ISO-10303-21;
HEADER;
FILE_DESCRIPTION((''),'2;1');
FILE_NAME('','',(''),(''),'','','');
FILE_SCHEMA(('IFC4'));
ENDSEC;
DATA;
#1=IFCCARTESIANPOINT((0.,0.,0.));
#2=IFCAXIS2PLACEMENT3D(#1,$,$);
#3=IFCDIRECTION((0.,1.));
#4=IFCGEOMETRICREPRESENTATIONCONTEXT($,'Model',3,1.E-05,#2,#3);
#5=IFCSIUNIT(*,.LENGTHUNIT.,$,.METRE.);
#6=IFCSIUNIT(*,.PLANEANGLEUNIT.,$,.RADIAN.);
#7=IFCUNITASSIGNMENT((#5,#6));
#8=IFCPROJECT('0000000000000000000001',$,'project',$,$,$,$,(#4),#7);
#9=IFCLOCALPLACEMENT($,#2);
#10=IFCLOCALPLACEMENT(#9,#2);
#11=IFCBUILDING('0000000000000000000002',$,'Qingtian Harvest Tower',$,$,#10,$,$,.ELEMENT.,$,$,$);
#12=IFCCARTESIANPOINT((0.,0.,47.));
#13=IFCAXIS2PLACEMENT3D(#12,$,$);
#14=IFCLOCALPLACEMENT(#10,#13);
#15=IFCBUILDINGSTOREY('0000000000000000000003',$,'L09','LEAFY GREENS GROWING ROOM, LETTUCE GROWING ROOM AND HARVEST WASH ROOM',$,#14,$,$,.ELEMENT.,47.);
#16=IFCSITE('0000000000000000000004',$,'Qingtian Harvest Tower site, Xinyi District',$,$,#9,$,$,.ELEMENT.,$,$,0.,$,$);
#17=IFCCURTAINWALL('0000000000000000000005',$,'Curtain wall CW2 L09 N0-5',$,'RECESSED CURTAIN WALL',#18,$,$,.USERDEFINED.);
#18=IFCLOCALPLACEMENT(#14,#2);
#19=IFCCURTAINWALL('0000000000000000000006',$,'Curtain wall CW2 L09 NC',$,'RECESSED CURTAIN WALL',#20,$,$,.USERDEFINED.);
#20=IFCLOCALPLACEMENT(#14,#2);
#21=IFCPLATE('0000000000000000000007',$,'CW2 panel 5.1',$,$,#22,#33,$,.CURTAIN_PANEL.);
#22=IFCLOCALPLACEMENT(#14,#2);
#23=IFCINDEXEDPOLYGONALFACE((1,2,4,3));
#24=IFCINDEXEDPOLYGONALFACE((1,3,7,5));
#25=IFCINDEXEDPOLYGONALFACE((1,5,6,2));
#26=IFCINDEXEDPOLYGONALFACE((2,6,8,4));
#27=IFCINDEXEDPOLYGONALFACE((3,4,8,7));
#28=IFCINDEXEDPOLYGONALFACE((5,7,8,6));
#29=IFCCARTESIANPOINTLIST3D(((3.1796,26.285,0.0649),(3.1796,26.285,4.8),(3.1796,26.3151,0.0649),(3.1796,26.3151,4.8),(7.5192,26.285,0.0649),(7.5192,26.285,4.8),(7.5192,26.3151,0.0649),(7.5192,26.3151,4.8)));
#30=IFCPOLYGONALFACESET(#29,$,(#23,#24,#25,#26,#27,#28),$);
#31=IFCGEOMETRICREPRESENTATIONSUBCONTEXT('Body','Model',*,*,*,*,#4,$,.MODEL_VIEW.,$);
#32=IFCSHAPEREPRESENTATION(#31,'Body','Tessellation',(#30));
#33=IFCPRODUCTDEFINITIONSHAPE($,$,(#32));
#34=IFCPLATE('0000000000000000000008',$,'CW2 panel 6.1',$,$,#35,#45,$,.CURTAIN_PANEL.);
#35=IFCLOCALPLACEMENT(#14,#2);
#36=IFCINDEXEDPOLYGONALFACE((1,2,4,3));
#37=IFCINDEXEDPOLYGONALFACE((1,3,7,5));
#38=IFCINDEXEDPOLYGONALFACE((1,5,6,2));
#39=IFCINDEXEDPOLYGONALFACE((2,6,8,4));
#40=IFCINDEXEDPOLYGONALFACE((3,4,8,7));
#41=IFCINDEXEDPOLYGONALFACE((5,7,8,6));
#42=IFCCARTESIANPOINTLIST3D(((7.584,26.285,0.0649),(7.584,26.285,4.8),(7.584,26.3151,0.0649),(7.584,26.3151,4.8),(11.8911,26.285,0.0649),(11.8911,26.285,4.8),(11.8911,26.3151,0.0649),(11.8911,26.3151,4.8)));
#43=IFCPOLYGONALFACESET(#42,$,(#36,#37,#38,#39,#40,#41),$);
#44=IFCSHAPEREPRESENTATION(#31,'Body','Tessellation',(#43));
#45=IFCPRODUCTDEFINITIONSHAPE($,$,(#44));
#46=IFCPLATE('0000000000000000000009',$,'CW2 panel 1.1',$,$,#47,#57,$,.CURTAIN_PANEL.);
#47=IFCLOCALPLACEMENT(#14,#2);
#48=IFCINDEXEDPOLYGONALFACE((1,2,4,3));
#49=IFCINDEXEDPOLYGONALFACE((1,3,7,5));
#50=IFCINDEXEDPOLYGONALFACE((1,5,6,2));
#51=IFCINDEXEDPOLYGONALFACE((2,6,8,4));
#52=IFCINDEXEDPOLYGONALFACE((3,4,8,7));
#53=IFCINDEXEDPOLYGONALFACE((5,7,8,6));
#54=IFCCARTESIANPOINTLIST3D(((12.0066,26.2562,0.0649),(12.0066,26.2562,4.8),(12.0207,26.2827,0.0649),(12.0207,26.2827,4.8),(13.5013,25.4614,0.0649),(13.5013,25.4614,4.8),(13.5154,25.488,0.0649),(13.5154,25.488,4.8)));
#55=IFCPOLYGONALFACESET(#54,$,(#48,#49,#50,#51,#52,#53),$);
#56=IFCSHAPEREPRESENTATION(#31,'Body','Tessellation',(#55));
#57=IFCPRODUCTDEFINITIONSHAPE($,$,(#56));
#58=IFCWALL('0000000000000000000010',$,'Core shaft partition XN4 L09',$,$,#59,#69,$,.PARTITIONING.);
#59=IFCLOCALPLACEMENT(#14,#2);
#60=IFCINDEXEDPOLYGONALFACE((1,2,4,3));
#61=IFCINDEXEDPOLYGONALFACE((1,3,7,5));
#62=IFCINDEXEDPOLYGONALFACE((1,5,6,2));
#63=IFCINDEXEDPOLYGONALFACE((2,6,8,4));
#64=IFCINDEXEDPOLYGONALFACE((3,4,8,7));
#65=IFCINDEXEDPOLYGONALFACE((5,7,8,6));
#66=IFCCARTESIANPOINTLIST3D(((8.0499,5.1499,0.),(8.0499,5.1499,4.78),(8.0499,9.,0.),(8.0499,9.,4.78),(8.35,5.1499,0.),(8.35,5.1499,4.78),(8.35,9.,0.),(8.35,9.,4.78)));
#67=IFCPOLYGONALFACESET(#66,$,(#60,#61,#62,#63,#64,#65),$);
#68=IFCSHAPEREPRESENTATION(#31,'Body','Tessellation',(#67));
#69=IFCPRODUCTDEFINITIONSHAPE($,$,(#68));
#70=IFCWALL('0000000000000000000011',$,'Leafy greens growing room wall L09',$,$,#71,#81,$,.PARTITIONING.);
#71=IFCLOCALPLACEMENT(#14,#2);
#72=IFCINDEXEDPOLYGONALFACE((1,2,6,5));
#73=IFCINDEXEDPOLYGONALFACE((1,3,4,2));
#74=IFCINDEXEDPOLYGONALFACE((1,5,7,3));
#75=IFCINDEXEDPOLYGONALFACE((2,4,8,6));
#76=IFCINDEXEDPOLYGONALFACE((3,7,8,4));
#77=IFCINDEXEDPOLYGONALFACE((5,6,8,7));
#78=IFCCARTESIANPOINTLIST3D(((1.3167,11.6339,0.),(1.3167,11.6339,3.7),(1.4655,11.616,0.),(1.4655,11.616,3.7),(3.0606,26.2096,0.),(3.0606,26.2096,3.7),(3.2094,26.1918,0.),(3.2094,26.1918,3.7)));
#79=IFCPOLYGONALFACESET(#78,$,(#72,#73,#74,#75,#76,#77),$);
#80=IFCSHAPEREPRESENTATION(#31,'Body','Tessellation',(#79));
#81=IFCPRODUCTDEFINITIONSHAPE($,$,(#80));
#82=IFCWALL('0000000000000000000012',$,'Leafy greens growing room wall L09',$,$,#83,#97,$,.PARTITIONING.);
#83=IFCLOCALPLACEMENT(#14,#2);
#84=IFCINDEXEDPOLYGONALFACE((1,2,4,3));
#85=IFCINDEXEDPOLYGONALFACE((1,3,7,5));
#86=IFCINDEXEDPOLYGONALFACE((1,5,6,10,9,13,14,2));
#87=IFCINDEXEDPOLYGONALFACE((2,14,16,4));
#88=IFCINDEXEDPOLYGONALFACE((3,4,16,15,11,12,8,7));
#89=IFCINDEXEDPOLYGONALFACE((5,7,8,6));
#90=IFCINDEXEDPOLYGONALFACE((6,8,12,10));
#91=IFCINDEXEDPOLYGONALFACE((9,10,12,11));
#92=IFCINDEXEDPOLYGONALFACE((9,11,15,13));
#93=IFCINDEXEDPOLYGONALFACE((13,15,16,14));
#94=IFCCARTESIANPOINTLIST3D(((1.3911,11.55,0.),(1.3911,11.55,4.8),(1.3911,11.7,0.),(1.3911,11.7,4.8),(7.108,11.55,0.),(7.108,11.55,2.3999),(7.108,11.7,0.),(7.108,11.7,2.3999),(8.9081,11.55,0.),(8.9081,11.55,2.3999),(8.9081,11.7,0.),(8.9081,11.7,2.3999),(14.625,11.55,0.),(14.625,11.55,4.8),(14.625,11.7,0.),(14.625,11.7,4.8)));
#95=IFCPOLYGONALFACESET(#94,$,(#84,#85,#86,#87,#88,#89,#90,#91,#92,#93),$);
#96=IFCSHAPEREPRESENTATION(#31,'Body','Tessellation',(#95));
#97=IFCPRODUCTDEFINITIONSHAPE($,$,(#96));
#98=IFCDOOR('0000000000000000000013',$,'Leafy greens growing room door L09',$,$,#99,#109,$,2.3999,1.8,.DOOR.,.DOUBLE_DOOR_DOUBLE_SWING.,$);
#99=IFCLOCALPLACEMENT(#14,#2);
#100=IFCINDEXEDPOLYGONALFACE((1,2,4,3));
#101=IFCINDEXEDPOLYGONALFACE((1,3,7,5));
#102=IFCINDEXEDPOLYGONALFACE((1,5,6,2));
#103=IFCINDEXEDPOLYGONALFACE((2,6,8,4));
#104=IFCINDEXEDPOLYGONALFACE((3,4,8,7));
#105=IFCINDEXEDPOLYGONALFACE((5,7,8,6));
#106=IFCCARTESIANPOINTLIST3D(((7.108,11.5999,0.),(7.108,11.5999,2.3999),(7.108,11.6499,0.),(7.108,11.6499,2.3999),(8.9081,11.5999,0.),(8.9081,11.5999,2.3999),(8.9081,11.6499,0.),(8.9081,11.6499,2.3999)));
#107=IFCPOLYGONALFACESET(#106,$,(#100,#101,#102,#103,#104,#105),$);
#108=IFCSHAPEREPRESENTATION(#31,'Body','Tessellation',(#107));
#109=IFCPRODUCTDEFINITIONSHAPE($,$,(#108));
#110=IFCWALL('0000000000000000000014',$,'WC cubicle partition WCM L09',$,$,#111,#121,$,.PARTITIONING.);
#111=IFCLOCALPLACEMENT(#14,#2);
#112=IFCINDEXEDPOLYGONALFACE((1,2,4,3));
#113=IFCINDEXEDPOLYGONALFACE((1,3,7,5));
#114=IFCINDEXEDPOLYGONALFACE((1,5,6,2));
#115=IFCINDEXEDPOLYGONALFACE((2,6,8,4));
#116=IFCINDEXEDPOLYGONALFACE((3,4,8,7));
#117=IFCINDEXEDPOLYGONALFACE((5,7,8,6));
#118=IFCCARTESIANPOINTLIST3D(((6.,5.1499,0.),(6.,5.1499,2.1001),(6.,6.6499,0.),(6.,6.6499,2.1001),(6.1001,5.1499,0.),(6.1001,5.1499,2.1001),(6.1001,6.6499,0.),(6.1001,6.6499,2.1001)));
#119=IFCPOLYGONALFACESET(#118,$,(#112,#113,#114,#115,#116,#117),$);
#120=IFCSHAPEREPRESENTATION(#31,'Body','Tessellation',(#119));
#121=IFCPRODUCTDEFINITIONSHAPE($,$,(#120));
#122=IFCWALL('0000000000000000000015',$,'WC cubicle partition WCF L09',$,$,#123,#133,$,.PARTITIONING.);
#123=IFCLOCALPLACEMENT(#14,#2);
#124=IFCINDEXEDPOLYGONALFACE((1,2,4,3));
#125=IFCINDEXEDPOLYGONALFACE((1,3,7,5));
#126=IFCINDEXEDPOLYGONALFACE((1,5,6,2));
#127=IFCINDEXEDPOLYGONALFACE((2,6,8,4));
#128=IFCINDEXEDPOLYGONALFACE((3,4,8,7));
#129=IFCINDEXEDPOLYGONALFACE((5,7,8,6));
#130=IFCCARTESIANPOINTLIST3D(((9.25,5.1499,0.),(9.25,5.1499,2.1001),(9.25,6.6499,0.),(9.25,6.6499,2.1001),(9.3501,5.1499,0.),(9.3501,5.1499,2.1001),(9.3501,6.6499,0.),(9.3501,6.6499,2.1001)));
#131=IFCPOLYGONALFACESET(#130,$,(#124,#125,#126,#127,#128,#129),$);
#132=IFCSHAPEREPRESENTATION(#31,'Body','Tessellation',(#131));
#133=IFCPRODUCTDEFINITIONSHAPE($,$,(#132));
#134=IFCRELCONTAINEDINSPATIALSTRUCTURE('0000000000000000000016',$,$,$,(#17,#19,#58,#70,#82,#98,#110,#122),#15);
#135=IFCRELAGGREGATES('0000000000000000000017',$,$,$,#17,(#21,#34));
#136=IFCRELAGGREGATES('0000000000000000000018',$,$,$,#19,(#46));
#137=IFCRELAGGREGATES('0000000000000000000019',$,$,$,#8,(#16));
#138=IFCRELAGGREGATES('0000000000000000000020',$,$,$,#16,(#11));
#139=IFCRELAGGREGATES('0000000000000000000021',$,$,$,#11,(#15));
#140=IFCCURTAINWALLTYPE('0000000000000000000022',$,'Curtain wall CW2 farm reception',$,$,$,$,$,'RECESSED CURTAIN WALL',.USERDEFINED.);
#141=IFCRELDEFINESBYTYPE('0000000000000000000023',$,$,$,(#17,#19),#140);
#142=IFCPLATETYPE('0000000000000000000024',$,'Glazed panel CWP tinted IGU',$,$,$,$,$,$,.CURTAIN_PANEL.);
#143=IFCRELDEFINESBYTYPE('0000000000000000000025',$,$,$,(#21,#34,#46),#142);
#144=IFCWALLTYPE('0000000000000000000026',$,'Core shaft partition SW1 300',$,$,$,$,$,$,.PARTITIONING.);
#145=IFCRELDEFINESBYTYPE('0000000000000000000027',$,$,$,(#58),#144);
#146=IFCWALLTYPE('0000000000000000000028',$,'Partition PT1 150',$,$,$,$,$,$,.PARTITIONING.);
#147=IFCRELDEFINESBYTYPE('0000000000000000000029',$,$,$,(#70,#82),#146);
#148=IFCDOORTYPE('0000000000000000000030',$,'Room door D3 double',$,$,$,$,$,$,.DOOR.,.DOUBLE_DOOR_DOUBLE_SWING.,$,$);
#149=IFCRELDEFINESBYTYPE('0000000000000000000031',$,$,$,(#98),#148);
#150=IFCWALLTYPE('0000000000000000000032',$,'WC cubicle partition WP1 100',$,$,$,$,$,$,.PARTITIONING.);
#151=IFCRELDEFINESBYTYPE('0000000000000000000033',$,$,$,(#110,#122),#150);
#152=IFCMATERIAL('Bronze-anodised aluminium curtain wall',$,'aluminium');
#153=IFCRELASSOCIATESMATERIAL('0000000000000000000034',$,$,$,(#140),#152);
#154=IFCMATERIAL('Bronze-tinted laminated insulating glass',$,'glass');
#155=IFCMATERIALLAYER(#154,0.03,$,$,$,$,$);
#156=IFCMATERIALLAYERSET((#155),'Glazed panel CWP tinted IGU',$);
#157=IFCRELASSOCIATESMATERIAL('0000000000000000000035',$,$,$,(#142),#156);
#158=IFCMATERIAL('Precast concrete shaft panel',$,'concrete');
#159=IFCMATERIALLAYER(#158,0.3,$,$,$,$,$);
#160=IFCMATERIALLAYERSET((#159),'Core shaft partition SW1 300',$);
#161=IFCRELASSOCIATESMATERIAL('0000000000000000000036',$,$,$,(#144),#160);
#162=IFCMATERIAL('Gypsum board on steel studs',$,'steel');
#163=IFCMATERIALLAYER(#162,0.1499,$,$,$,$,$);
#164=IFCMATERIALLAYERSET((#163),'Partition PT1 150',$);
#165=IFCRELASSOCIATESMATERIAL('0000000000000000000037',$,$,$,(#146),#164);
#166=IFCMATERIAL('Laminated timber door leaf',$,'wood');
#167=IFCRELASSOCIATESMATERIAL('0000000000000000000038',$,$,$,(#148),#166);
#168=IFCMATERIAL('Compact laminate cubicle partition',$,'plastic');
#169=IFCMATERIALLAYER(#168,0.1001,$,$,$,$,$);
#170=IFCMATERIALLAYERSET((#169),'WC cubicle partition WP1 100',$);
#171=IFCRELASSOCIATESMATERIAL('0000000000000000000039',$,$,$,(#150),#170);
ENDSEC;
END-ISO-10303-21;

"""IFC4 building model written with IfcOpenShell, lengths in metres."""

from ifc_helpers import new_model, si_unit, direction, frame, frame_2d, origin, origin_2d, place, context, subcontext, project, spatial, rectangle, extrude, material, layer, layer_set, type_object, element, fill, aggregate, save


model = new_model("IFC4")

# Units and contexts
model_context = context("Model", 3, precision=1e-05, world=origin(), true_north=direction((0.0, 1.0)))
body_context = subcontext(model_context, "Body", "Model", "MODEL_VIEW")
ifc_project = project(units=[si_unit("LENGTHUNIT", "METRE"), si_unit("PLANEANGLEUNIT", "RADIAN")], contexts=[model_context])

# Site, building, storey
site_placement = place(None, origin())
site = spatial("IfcSite", under=ifc_project, at=site_placement, Name="Qingtian Harvest Tower site, Xinyi District", CompositionType="ELEMENT", RefElevation=0.0)
building_placement = place(site_placement, origin())
building = spatial("IfcBuilding", under=site, at=building_placement, Name="Qingtian Harvest Tower", CompositionType="ELEMENT")
storey_placement = place(building_placement, frame((0.0, 0.0, 47.0)))
storey = spatial("IfcBuildingStorey", under=building, at=storey_placement, Name="L09", Description="LEAFY GREENS GROWING ROOM, LETTUCE GROWING ROOM AND HARVEST WASH ROOM", CompositionType="ELEMENT", Elevation=47.0)

# Curtain walls
ifc_material_1 = material(Name="Bronze-anodised aluminium curtain wall", Category="aluminium")
curtain_wall_type = type_object("IfcCurtainWallType", Name="Curtain wall CW2 farm reception", ElementType="RECESSED CURTAIN WALL", PredefinedType="USERDEFINED", material=ifc_material_1)
curtain_wall_1_placement = place(storey_placement, origin())
curtain_wall_1 = element("IfcCurtainWall", 1, at=curtain_wall_1_placement, inside=storey, type_object=curtain_wall_type, Name="Curtain wall CW2 L09 N0-5", ObjectType="RECESSED CURTAIN WALL", PredefinedType="USERDEFINED")
curtain_wall_2_placement = place(storey_placement, origin())
curtain_wall_2 = element("IfcCurtainWall", 2, at=curtain_wall_2_placement, inside=storey, type_object=curtain_wall_type, Name="Curtain wall CW2 L09 NC", ObjectType="RECESSED CURTAIN WALL", PredefinedType="USERDEFINED")

# Plates
ifc_material_2 = material(Name="Bronze-tinted laminated insulating glass", Category="glass")
ifc_layer_1 = layer(ifc_material_2, 0.03)
ifc_layer_set_1 = layer_set([ifc_layer_1], Name="Glazed panel CWP tinted IGU")
plate_type = type_object("IfcPlateType", Name="Glazed panel CWP tinted IGU", PredefinedType="CURTAIN_PANEL", material=ifc_layer_set_1)
plate_1_placement = place(storey_placement, frame((5.3494, 26.3, 0.0649), z_axis=(0.0, 0.0, 1.0), x_axis=(1.0, 0.0, 0.0)))
plate_1 = element("IfcPlate", 3, at=plate_1_placement, type_object=plate_type, Name="CW2 panel 5.1", PredefinedType="CURTAIN_PANEL", context=body_context, shape_type="SweptSolid", body=[
    extrude(rectangle(XDim=4.3396, YDim=0.03, at=origin_2d()), origin(), (0.0, 0.0, 1.0), 4.7351),
])
plate_2_placement = place(storey_placement, frame((9.7375, 26.3, 0.0649), z_axis=(0.0, 0.0, 1.0), x_axis=(1.0, 0.0, 0.0)))
plate_2 = element("IfcPlate", 4, at=plate_2_placement, type_object=plate_type, Name="CW2 panel 6.1", PredefinedType="CURTAIN_PANEL", context=body_context, shape_type="SweptSolid", body=[
    extrude(rectangle(XDim=4.3071, YDim=0.03, at=origin_2d()), origin(), (0.0, 0.0, 1.0), 4.7351),
])
aggregate(curtain_wall_1, [plate_1, plate_2])
plate_3_placement = place(storey_placement, frame((12.761, 25.8721, 0.0649), z_axis=(0.0, 0.0, 1.0), x_axis=(0.882948, -0.469472, 0.0)))
plate_3 = element("IfcPlate", 5, at=plate_3_placement, type_object=plate_type, Name="CW2 panel 1.1", PredefinedType="CURTAIN_PANEL", context=body_context, shape_type="SweptSolid", body=[
    extrude(rectangle(XDim=1.6929, YDim=0.03, at=origin_2d()), origin(), (0.0, 0.0, 1.0), 4.7351),
])
aggregate(curtain_wall_2, [plate_3])

# Walls
ifc_material_3 = material(Name="Precast concrete shaft panel", Category="concrete")
ifc_layer_2 = layer(ifc_material_3, 0.3)
ifc_layer_set_2 = layer_set([ifc_layer_2], Name="Core shaft partition SW1 300")
wall_type_1 = type_object("IfcWallType", Name="Core shaft partition SW1 300", PredefinedType="PARTITIONING", material=ifc_layer_set_2)
wall_1_placement = place(storey_placement, frame((8.2, 5.1499, 0.0), z_axis=(0.0, 0.0, 1.0), x_axis=(0.0, 1.0, 0.0)))
element("IfcWall", 6, at=wall_1_placement, inside=storey, type_object=wall_type_1, Name="Core shaft partition XN4 L09", PredefinedType="PARTITIONING", context=body_context, shape_type="SweptSolid", body=[
    extrude(rectangle(XDim=3.8501, YDim=0.3, at=frame_2d((1.925, 0.0))), origin(), (0.0, 0.0, 1.0), 4.78),
])
ifc_material_4 = material(Name="Gypsum board on steel studs", Category="steel")
ifc_layer_3 = layer(ifc_material_4, 0.1499)
ifc_layer_set_3 = layer_set([ifc_layer_3], Name="Partition PT1 150")
wall_type_2 = type_object("IfcWallType", Name="Partition PT1 150", PredefinedType="PARTITIONING", material=ifc_layer_set_3)
wall_2_placement = place(storey_placement, frame((3.135, 26.2007, 0.0), z_axis=(0.0, 0.0, 1.0), x_axis=(-0.118797, -0.992919, 0.0)))
element("IfcWall", 7, at=wall_2_placement, inside=storey, type_object=wall_type_2, Name="Leafy greens growing room wall L09", PredefinedType="PARTITIONING", context=body_context, shape_type="SweptSolid", body=[
    extrude(rectangle(XDim=14.6797, YDim=0.1499, at=frame_2d((7.3398, 0.0))), origin(), (0.0, 0.0, 1.0), 3.7),
])

# Wall, opening, door
wall_3_placement = place(storey_placement, frame((1.3911, 11.625, 0.0), z_axis=(0.0, 0.0, 1.0), x_axis=(1.0, 0.0, 0.0)))
wall_3 = element("IfcWall", 8, at=wall_3_placement, inside=storey, type_object=wall_type_2, Name="Leafy greens growing room wall L09", PredefinedType="PARTITIONING", context=body_context, shape_type="SweptSolid", body=[
    extrude(rectangle(XDim=13.2339, YDim=0.1499, at=frame_2d((6.6169, 0.0))), origin(), (0.0, 0.0, 1.0), 4.8),
])
opening_placement = place(wall_3_placement, frame((5.717, 0.0, 0.0)))
opening = element("IfcOpeningElement", 9, at=opening_placement, cuts=wall_3, PredefinedType="OPENING", context=body_context, shape_type="SweptSolid", body=[
    extrude(rectangle(XDim=1.8, YDim=2.3999, at=frame_2d((0.8999, 1.2))), frame((0.0, 0.085, 0.0), z_axis=(0.0, -1.0, 0.0), x_axis=(1.0, 0.0, 0.0)), (0.0, 0.0, 1.0), 0.1699),
])
ifc_material_5 = material(Name="Laminated timber door leaf", Category="wood")
door_type = type_object("IfcDoorType", Name="Room door D3 double", OperationType="DOUBLE_DOOR_DOUBLE_SWING", PredefinedType="DOOR", material=ifc_material_5)
door_placement = place(opening_placement, origin())
door = element("IfcDoor", 10, at=door_placement, inside=storey, type_object=door_type, Name="Leafy greens growing room door L09", OperationType="DOUBLE_DOOR_DOUBLE_SWING", OverallHeight=2.3999, OverallWidth=1.8, PredefinedType="DOOR", context=body_context, shape_type="SweptSolid", body=[
    extrude(rectangle(XDim=1.8, YDim=2.3999, at=frame_2d((0.8999, 1.2))), frame((0.0, 0.0249, 0.0), z_axis=(0.0, -1.0, 0.0), x_axis=(1.0, 0.0, 0.0)), (0.0, 0.0, 1.0), 0.05),
])
fill(opening, door)

# Walls
ifc_material_6 = material(Name="Compact laminate cubicle partition", Category="plastic")
ifc_layer_4 = layer(ifc_material_6, 0.1001)
ifc_layer_set_4 = layer_set([ifc_layer_4], Name="WC cubicle partition WP1 100")
wall_type_3 = type_object("IfcWallType", Name="WC cubicle partition WP1 100", PredefinedType="PARTITIONING", material=ifc_layer_set_4)
for number, where, z_axis, x_axis, name in (
    (11, (6.05, 5.1499, 0.0), (0.0, 0.0, 1.0), (0.0, 1.0, 0.0), "WC cubicle partition WCM L09"),
    (12, (9.3, 5.1499, 0.0), (0.0, 0.0, 1.0), (0.0, 1.0, 0.0), "WC cubicle partition WCF L09"),
):
    element("IfcWall", number, at=place(storey_placement, frame(where, z_axis=z_axis, x_axis=x_axis)), inside=storey, type_object=wall_type_3, Name=name, PredefinedType="PARTITIONING", context=body_context, shape_type="SweptSolid", body=[
        extrude(rectangle(XDim=1.5, YDim=0.1001, at=frame_2d((0.75, 0.0))), origin(), (0.0, 0.0, 1.0), 2.1001),
    ])

save(model, "model.ifc")
